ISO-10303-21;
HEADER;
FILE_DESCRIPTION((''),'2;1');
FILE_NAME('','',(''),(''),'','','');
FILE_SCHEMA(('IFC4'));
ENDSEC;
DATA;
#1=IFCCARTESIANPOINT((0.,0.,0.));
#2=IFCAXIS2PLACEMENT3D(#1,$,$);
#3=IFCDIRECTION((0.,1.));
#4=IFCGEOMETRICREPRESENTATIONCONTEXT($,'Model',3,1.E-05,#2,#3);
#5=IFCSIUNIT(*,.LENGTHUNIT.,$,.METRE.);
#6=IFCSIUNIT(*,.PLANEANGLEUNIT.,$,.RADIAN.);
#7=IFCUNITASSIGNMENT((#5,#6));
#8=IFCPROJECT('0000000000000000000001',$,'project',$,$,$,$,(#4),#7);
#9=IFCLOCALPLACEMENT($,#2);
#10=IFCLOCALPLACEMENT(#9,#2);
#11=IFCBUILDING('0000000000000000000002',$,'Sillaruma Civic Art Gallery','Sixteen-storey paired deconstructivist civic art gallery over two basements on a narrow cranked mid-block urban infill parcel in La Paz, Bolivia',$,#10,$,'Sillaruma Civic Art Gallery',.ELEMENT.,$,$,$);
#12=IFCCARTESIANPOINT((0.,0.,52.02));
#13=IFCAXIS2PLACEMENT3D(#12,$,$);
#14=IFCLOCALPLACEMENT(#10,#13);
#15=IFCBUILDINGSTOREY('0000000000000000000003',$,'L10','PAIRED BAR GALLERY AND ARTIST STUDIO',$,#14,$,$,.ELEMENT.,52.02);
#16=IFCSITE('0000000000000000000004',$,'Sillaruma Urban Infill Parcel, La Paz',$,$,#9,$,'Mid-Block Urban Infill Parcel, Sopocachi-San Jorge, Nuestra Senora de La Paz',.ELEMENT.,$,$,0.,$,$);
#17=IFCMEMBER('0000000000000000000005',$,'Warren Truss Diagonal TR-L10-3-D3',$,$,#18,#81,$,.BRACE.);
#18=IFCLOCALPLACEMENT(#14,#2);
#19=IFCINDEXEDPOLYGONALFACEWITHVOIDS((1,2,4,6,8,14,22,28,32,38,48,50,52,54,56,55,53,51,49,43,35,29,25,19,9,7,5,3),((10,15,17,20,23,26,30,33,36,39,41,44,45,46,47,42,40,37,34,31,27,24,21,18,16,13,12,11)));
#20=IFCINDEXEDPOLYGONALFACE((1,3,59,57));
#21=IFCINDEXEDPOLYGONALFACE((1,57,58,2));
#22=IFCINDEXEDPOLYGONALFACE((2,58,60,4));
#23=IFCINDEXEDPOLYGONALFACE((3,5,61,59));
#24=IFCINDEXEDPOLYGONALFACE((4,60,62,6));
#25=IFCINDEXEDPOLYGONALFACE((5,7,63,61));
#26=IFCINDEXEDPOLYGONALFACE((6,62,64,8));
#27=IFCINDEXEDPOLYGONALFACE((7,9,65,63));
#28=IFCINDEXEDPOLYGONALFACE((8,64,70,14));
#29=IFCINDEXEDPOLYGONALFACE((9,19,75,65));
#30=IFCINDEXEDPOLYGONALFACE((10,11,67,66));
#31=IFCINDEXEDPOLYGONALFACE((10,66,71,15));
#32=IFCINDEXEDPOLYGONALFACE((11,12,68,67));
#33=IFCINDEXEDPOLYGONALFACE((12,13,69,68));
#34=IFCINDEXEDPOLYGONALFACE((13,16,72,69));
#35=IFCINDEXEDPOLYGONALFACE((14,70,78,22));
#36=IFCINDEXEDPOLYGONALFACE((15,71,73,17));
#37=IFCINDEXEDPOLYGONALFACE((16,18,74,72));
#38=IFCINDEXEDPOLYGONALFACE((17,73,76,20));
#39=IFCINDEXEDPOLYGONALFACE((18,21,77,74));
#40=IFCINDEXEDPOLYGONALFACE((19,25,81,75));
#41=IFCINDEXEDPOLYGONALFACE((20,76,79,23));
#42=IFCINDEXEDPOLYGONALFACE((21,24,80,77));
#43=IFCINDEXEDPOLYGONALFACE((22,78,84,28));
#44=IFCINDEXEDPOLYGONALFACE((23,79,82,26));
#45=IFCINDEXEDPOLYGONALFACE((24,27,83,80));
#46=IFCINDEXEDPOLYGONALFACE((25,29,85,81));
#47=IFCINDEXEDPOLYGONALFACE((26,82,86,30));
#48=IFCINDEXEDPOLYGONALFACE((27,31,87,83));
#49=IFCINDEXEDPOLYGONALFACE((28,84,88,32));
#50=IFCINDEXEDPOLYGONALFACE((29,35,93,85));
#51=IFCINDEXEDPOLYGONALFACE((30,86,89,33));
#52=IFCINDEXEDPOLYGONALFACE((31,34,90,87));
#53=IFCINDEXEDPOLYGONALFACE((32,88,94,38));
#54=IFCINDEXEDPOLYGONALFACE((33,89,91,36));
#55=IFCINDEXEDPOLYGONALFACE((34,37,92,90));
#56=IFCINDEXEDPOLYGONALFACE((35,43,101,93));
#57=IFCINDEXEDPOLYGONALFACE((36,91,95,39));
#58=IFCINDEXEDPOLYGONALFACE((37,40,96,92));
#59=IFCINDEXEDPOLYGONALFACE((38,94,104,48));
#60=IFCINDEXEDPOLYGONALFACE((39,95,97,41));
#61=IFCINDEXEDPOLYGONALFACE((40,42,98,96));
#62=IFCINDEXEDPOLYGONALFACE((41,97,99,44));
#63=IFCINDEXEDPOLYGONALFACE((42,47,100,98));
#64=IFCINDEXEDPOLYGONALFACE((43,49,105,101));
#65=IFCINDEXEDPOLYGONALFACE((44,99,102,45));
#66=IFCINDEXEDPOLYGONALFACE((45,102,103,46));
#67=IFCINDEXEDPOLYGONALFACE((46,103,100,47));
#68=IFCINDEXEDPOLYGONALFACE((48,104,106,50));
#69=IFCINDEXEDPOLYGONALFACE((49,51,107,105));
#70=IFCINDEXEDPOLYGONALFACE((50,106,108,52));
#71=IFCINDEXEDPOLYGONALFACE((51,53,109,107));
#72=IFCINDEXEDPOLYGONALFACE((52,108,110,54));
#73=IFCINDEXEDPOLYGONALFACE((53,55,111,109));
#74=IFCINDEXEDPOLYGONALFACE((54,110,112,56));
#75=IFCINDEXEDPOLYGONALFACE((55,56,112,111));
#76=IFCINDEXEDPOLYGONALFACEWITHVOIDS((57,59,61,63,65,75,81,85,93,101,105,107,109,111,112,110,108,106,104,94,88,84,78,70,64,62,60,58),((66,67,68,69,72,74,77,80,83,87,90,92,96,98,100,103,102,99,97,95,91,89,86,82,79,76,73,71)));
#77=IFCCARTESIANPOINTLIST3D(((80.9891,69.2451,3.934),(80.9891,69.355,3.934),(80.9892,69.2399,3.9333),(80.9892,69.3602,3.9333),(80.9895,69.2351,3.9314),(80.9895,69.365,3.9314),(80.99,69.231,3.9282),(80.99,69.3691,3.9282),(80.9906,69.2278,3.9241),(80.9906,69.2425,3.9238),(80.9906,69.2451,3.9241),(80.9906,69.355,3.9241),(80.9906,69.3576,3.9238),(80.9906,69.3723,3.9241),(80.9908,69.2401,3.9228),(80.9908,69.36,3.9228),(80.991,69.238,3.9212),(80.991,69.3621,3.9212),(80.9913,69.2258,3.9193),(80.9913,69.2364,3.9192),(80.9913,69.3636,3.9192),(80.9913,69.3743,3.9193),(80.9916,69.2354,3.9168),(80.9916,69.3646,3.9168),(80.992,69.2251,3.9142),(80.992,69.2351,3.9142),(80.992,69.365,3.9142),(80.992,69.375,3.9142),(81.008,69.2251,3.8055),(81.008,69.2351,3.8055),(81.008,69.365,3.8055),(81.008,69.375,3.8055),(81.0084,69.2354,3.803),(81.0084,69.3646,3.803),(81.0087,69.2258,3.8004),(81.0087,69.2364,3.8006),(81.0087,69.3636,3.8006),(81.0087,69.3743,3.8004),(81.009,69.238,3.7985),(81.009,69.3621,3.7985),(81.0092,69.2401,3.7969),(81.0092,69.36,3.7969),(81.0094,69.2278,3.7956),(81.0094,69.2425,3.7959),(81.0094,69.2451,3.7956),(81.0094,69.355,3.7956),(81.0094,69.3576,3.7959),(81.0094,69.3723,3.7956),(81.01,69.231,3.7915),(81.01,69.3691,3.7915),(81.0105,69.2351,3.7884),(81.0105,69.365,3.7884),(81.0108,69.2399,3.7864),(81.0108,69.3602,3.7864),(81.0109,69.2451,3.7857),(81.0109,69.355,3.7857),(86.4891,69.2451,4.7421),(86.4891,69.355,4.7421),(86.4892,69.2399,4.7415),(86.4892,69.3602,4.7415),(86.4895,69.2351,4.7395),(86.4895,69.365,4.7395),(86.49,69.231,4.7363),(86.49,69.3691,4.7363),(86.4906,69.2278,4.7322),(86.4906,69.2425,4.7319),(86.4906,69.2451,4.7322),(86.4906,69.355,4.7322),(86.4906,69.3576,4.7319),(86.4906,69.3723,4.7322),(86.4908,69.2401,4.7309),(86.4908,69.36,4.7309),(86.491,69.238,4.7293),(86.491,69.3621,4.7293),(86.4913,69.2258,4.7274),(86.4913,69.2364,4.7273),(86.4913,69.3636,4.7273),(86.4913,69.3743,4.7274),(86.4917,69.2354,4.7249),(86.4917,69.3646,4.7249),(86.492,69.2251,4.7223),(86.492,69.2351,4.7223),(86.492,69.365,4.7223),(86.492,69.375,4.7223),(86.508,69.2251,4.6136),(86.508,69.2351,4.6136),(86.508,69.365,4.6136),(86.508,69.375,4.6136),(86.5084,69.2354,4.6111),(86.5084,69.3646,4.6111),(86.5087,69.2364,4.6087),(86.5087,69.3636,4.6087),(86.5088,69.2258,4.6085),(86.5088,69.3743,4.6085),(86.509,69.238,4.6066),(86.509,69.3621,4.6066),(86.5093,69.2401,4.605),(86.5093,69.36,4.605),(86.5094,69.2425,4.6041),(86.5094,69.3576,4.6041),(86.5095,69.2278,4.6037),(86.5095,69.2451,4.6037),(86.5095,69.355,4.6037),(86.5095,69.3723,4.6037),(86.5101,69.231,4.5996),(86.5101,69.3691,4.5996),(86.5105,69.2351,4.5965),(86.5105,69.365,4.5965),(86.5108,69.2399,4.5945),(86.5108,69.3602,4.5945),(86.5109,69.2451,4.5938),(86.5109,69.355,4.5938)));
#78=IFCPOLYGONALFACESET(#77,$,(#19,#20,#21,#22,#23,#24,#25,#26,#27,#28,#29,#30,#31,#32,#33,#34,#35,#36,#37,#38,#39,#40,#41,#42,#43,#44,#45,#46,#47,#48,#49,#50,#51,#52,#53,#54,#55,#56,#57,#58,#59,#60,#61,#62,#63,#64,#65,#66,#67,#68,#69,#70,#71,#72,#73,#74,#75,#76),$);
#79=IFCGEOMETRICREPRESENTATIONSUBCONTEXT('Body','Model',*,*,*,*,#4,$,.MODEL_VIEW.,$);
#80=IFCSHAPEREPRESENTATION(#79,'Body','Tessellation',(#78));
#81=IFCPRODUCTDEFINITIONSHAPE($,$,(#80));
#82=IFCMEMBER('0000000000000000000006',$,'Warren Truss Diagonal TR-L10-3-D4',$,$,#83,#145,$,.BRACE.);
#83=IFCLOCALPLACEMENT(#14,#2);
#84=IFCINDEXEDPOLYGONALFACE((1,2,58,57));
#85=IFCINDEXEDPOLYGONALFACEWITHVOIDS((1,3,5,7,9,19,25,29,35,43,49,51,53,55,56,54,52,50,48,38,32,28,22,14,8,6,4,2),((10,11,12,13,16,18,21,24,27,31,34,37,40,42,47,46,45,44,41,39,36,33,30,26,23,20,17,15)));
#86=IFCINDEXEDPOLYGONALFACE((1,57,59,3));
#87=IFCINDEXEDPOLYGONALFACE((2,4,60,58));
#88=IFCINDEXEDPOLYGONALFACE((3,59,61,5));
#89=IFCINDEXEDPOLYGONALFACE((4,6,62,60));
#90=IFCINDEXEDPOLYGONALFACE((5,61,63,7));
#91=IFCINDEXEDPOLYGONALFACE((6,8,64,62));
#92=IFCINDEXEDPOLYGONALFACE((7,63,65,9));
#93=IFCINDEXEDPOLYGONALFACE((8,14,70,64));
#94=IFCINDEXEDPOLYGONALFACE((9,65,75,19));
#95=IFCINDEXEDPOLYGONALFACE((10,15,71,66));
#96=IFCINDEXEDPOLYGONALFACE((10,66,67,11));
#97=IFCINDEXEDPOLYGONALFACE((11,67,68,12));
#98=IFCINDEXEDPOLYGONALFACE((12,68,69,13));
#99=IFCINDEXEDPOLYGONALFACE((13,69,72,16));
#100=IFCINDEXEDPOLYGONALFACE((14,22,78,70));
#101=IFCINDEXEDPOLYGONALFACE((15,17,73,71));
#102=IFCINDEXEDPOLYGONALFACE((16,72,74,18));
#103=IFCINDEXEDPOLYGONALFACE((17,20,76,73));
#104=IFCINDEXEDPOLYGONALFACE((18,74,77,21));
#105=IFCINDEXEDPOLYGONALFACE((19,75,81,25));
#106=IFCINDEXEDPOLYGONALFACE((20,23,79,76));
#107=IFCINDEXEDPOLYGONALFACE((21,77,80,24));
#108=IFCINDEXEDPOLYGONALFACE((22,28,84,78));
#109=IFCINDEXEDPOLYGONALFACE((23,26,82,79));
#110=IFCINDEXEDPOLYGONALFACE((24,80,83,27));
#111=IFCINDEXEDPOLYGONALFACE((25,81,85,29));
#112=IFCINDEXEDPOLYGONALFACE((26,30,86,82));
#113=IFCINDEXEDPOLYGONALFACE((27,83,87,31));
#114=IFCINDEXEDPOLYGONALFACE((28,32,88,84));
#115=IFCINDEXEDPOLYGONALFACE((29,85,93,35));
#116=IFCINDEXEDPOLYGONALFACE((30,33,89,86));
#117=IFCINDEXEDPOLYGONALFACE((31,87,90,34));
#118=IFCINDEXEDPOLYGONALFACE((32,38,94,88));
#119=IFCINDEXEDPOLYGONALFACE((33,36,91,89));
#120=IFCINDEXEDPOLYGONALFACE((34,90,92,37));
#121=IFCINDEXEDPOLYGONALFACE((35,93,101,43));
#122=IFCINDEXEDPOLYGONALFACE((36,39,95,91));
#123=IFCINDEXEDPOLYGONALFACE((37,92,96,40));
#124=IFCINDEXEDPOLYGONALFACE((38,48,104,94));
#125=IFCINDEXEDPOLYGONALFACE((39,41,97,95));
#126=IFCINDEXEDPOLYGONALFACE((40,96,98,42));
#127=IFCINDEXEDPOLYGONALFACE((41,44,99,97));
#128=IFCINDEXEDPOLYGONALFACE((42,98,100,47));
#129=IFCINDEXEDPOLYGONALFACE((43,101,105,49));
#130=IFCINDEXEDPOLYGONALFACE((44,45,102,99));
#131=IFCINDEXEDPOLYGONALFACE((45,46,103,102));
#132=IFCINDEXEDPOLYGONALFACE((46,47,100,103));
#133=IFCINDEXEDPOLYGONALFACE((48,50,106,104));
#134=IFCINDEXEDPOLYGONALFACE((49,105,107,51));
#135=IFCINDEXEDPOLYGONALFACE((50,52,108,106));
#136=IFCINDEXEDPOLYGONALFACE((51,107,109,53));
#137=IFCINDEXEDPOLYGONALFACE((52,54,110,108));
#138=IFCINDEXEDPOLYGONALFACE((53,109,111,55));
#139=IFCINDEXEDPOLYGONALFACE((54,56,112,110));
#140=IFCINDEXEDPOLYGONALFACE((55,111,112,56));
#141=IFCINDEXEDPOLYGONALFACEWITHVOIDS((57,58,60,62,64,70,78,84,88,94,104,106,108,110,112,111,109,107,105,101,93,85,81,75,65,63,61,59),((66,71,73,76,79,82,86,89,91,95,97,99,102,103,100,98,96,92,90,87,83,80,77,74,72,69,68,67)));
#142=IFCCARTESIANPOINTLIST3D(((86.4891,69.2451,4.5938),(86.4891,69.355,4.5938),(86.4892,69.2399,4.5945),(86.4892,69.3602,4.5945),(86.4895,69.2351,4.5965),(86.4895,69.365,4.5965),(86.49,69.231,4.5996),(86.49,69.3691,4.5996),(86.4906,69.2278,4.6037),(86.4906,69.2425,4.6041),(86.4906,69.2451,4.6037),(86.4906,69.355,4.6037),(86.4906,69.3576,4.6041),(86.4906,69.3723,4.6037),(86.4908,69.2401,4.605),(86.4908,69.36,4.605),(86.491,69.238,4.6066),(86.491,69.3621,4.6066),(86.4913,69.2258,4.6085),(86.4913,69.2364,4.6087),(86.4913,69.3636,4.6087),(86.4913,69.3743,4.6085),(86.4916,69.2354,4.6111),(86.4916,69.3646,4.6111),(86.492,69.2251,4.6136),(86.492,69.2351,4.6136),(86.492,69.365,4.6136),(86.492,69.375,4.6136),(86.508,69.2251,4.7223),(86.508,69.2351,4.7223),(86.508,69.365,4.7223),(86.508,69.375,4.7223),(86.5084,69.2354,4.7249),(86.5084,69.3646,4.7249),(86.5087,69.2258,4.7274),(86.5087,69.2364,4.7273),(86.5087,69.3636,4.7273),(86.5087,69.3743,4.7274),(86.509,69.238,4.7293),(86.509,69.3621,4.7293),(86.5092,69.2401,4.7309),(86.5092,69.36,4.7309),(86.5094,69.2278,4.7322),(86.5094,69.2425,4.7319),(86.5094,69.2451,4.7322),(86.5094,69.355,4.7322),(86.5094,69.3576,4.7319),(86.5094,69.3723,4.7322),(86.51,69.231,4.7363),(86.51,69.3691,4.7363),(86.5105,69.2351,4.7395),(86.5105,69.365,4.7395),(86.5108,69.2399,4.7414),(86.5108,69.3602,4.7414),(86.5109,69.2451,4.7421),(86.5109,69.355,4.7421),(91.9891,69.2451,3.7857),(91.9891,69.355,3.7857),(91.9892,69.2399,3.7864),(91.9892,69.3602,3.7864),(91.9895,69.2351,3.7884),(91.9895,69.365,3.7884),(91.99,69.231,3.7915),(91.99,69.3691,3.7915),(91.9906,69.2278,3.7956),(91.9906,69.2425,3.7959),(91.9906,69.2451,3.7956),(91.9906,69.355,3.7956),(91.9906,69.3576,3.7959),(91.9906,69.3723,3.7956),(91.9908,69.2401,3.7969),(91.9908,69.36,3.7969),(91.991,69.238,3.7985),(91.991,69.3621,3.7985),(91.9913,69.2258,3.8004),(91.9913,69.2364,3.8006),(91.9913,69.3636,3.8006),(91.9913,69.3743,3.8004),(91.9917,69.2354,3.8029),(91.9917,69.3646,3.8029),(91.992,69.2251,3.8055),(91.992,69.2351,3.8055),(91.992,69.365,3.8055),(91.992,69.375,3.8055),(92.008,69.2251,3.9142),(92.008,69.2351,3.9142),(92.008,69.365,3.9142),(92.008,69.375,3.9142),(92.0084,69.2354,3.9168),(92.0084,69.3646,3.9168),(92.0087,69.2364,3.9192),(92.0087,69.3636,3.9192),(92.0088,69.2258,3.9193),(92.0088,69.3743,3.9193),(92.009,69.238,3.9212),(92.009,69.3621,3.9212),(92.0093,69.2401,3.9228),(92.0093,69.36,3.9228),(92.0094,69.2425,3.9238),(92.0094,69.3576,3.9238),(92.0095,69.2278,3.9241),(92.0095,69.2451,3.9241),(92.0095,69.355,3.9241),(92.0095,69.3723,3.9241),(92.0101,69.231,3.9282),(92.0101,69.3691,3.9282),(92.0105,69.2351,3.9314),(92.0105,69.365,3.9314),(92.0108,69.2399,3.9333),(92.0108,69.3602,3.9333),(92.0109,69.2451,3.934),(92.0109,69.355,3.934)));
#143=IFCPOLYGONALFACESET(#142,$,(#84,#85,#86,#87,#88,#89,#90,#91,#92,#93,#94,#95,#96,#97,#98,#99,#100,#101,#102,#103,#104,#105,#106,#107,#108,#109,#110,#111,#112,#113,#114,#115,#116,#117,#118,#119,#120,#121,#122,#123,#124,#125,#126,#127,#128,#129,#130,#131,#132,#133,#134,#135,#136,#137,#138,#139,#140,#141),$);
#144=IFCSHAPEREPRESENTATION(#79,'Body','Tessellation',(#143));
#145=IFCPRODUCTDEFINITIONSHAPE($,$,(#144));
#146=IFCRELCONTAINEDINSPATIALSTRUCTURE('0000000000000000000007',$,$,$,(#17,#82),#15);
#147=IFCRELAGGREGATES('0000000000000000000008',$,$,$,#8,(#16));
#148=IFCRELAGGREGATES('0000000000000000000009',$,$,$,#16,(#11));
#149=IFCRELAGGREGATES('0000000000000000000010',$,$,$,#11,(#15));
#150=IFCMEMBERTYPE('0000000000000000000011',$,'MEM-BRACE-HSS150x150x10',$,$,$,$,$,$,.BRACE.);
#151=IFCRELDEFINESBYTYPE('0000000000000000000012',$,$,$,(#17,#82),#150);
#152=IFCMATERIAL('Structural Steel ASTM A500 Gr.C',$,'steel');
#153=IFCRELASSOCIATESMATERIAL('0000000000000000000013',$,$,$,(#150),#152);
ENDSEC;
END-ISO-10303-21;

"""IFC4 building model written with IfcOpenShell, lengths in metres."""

from ifc_helpers import new_model, si_unit, direction, frame, origin, origin_2d, place, context, subcontext, project, spatial, hollow_rectangle, extrude, material, material_profile, profile_set, type_object, element, save


model = new_model("IFC4")

# Units and contexts
model_context = context("Model", 3, precision=1e-05, world=origin(), true_north=direction((0.0, 1.0)))
body_context = subcontext(model_context, "Body", "Model", "MODEL_VIEW")
ifc_project = project(units=[si_unit("LENGTHUNIT", "METRE"), si_unit("PLANEANGLEUNIT", "RADIAN")], contexts=[model_context])

# Site, building, storey
site_placement = place(None, origin())
site = spatial("IfcSite", under=ifc_project, at=site_placement, Name="Sillaruma Urban Infill Parcel, La Paz", LongName="Mid-Block Urban Infill Parcel, Sopocachi-San Jorge, Nuestra Senora de La Paz", CompositionType="ELEMENT", RefElevation=0.0)
building_placement = place(site_placement, origin())
building = spatial("IfcBuilding", under=site, at=building_placement, Name="Sillaruma Civic Art Gallery", Description="Sixteen-storey paired deconstructivist civic art gallery over two basements on a narrow cranked mid-block urban infill parcel in La Paz, Bolivia", LongName="Sillaruma Civic Art Gallery", CompositionType="ELEMENT")
storey_placement = place(building_placement, frame((0.0, 0.0, 52.02)))
storey = spatial("IfcBuildingStorey", under=building, at=storey_placement, Name="L10", Description="PAIRED BAR GALLERY AND ARTIST STUDIO", CompositionType="ELEMENT", Elevation=52.02)

# Members
ifc_material_1 = material(Name="Structural Steel ASTM A500 Gr.C", Category="steel")
ifc_material_profile_1 = material_profile(ifc_material_1, hollow_rectangle(XDim=0.1499, YDim=0.1499, WallThickness=0.01, InnerFilletRadius=0.01, OuterFilletRadius=0.02, at=origin_2d()), Name="HSS150x150x10")
ifc_profile_set_1 = profile_set([ifc_material_profile_1], Name="Structural Steel ASTM A500 Gr.C")
member_type_1 = type_object("IfcMemberType", Name="MEM-BRACE-HSS150x150x10", PredefinedType="BRACE", material=ifc_profile_set_1)
for number, where, z_axis, x_axis, name in (
    (1, (81.0, 69.3, 3.8599), (0.989378, 0.0, 0.145368), (0.0, 1.0, 0.0), "Warren Truss Diagonal TR-L10-3-D3"),
    (2, (86.5, 69.3, 4.668), (0.989378, 0.0, -0.145368), (0.0, 1.0, 0.0), "Warren Truss Diagonal TR-L10-3-D4"),
):
    element("IfcMember", number, at=place(storey_placement, frame(where, z_axis=z_axis, x_axis=x_axis)), inside=storey, type_object=member_type_1, Name=name, PredefinedType="BRACE", context=body_context, shape_type="SweptSolid", body=[
        extrude(hollow_rectangle(XDim=0.1499, YDim=0.1499, WallThickness=0.01, InnerFilletRadius=0.01, OuterFilletRadius=0.02, at=origin_2d()), origin(), (0.0, 0.0, 1.0), 5.5591),
    ])

save(model, "model.ifc")
